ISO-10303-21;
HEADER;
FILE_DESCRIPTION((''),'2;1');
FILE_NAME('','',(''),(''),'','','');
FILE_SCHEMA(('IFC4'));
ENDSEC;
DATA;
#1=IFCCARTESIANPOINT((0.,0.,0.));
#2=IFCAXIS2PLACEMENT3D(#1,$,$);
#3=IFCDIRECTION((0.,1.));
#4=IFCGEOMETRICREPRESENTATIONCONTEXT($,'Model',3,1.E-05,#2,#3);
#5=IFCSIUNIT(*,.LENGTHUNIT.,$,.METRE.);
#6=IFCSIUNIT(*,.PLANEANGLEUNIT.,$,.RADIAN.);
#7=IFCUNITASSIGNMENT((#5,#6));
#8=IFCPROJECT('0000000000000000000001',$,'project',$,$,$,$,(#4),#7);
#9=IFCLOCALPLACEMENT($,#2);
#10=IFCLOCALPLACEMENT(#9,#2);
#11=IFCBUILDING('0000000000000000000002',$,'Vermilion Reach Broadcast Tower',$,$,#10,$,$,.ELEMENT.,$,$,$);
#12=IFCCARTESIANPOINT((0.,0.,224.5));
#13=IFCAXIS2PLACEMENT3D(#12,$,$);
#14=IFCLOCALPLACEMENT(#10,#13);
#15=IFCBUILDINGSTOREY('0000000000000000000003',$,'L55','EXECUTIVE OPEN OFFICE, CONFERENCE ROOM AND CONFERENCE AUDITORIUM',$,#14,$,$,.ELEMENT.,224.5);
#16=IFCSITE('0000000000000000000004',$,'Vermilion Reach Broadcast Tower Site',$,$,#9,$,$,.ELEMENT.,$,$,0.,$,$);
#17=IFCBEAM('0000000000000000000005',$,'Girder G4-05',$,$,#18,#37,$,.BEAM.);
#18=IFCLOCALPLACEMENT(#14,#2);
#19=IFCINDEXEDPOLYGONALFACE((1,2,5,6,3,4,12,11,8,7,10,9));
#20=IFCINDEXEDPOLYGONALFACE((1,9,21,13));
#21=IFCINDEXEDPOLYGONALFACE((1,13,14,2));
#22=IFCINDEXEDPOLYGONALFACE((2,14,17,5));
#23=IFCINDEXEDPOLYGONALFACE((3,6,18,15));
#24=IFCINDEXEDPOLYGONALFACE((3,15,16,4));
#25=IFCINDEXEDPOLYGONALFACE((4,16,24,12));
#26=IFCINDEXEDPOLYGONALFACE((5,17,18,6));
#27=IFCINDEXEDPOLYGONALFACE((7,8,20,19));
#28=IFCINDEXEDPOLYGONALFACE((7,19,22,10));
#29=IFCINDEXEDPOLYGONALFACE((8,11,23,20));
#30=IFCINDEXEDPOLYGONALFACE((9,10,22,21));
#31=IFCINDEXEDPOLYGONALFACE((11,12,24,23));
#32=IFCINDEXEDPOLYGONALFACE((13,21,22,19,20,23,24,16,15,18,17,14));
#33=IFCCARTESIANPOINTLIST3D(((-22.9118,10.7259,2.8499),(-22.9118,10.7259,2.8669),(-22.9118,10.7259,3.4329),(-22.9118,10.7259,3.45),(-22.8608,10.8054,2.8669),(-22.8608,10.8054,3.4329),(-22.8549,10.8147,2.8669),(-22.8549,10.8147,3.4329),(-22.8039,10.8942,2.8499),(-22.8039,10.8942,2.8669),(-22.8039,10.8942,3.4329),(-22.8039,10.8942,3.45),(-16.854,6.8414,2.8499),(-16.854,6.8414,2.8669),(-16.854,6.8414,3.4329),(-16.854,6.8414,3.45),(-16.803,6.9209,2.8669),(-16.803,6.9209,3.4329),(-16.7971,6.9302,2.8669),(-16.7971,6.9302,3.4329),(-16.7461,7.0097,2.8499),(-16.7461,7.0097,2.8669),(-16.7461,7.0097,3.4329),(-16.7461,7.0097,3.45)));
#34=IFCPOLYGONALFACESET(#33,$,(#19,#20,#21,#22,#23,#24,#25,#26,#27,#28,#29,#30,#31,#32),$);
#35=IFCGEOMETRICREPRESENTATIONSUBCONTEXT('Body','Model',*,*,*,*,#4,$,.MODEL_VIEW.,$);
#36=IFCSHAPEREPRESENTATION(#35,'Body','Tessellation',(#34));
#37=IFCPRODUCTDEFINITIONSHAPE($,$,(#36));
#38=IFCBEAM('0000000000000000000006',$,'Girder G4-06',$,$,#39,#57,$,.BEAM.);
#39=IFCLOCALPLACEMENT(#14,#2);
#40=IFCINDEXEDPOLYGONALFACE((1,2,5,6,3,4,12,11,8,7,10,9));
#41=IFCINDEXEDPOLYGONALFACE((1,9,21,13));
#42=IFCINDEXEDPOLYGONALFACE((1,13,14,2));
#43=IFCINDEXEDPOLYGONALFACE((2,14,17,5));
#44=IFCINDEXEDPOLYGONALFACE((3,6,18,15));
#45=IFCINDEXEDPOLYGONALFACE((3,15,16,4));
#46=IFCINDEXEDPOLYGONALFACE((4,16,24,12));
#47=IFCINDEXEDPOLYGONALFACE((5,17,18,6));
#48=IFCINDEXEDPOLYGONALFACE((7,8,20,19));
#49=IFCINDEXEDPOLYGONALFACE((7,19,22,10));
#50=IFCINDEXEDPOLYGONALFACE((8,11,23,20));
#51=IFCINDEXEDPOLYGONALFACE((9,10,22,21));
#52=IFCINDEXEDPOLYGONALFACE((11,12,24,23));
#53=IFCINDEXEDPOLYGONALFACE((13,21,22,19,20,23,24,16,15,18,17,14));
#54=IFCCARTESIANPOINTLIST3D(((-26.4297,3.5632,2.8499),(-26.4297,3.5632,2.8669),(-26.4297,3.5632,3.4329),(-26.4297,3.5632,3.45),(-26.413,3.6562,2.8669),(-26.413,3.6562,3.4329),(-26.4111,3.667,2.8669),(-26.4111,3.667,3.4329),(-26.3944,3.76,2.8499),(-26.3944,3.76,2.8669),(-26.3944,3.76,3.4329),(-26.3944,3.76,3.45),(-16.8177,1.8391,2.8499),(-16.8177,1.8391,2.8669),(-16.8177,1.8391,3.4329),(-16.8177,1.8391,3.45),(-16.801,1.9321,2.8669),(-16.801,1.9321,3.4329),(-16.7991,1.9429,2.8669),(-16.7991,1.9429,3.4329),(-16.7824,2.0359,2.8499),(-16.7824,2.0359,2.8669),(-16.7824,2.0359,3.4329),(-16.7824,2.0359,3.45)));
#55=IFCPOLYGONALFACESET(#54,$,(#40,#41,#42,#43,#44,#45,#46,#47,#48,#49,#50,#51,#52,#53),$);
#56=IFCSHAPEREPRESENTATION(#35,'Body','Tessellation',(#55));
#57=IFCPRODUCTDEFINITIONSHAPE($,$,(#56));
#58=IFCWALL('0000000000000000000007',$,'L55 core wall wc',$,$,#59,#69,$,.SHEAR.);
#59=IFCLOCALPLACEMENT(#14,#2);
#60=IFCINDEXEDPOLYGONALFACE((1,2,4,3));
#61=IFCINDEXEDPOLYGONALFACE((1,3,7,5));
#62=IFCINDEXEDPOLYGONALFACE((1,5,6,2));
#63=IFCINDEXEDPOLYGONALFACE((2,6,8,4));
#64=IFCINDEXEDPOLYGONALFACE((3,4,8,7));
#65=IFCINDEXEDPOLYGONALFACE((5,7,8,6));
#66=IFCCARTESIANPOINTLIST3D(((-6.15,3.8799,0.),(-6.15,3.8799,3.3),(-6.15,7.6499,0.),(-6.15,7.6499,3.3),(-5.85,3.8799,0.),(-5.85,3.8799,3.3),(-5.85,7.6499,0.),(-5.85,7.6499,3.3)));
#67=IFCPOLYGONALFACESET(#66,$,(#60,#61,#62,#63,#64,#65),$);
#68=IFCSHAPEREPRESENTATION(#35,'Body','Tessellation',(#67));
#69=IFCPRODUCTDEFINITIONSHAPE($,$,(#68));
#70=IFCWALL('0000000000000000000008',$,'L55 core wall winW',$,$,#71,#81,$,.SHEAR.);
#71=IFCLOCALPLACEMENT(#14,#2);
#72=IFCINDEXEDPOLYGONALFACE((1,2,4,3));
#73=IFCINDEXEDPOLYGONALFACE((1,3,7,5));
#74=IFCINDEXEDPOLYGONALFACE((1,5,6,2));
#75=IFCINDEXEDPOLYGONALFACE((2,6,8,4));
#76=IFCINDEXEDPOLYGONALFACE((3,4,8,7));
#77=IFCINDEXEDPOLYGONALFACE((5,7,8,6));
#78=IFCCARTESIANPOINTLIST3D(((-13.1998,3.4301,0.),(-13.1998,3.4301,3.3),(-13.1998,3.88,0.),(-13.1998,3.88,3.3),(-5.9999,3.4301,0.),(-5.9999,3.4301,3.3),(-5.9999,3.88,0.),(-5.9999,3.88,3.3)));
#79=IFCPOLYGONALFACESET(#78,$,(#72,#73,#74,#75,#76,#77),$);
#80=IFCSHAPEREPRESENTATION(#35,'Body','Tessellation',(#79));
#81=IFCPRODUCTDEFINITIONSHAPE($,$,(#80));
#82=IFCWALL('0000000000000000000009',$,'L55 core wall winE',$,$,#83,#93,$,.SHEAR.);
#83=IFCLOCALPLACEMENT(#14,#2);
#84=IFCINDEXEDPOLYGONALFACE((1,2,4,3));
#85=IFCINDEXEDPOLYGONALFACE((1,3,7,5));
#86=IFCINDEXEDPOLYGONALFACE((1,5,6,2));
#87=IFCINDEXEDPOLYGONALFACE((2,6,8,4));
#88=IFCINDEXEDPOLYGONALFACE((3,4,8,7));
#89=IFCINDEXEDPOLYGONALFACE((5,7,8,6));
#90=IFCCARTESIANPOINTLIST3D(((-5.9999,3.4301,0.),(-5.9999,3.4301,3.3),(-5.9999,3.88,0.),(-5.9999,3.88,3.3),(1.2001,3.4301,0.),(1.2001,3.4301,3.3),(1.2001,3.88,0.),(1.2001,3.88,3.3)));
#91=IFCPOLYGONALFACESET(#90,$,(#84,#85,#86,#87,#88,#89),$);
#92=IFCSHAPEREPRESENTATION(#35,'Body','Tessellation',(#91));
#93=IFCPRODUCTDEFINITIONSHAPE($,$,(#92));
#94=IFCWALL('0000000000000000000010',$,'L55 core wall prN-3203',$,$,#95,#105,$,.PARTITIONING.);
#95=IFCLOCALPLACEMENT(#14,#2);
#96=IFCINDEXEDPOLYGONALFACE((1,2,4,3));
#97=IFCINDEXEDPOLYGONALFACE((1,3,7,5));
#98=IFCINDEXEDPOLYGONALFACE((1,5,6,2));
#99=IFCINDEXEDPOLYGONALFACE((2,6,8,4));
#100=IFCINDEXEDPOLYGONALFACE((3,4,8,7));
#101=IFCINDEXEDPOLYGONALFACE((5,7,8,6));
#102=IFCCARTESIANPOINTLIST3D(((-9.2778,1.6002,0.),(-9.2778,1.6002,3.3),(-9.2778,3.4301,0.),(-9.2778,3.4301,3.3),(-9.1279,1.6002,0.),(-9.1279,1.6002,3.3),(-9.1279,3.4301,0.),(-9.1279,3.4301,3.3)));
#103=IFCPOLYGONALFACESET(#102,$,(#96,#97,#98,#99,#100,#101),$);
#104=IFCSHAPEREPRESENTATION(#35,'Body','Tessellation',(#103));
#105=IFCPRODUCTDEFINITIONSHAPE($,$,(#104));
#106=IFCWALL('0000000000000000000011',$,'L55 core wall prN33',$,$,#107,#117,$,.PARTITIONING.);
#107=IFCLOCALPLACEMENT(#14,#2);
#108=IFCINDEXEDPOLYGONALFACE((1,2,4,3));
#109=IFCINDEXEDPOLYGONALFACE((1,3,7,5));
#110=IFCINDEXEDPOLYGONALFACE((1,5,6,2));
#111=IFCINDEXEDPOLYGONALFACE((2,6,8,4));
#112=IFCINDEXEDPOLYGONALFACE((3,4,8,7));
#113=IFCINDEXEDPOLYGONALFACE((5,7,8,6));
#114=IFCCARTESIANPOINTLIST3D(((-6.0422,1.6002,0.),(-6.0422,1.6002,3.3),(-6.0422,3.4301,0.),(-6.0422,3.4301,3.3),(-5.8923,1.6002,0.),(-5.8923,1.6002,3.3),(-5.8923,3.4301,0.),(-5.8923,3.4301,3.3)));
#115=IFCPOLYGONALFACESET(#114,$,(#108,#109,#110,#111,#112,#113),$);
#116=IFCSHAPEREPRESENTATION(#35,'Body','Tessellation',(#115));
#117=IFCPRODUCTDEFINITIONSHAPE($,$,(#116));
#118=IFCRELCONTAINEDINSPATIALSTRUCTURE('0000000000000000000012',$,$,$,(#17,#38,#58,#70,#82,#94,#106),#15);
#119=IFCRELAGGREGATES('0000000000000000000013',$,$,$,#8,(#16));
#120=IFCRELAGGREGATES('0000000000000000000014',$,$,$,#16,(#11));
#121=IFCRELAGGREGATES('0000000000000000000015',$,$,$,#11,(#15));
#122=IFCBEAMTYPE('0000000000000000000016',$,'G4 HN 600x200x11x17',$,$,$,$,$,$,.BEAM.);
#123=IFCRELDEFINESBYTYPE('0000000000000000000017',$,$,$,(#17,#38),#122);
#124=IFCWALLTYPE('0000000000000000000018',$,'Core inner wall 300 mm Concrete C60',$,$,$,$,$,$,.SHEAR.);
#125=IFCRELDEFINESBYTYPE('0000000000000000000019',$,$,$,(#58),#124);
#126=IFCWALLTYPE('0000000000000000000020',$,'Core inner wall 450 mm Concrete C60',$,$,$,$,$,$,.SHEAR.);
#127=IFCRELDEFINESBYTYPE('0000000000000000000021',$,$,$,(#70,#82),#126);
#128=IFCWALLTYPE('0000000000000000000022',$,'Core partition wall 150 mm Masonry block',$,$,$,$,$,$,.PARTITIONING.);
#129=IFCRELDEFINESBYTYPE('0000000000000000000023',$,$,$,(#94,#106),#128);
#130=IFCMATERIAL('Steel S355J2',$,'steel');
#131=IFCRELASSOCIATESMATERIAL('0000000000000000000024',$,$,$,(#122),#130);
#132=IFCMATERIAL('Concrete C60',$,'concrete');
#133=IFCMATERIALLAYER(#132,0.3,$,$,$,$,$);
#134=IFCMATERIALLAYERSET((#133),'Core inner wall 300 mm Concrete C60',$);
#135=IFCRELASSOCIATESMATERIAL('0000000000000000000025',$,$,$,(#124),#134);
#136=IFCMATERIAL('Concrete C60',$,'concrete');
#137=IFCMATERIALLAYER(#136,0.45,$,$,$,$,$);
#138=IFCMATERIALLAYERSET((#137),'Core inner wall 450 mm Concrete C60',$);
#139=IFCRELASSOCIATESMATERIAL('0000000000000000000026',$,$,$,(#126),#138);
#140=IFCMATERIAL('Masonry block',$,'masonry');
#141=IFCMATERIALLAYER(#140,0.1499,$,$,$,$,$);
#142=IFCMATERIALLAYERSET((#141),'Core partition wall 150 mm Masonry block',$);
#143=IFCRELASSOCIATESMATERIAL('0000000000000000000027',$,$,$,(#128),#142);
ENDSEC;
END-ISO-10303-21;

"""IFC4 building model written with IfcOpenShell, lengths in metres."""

from ifc_helpers import new_model, si_unit, direction, frame, frame_2d, origin, origin_2d, place, context, subcontext, project, spatial, rectangle, i_section, extrude, material, layer, layer_set, material_profile, profile_set, type_object, element, save


model = new_model("IFC4")

# Units and contexts
model_context = context("Model", 3, precision=1e-05, world=origin(), true_north=direction((0.0, 1.0)))
body_context = subcontext(model_context, "Body", "Model", "MODEL_VIEW")
ifc_project = project(units=[si_unit("LENGTHUNIT", "METRE"), si_unit("PLANEANGLEUNIT", "RADIAN")], contexts=[model_context])

# Site, building, storey
site_placement = place(None, origin())
site = spatial("IfcSite", under=ifc_project, at=site_placement, Name="Vermilion Reach Broadcast Tower Site", CompositionType="ELEMENT", RefElevation=0.0)
building_placement = place(site_placement, origin())
building = spatial("IfcBuilding", under=site, at=building_placement, Name="Vermilion Reach Broadcast Tower", CompositionType="ELEMENT")
storey_placement = place(building_placement, frame((0.0, 0.0, 224.5)))
storey = spatial("IfcBuildingStorey", under=building, at=storey_placement, Name="L55", Description="EXECUTIVE OPEN OFFICE, CONFERENCE ROOM AND CONFERENCE AUDITORIUM", CompositionType="ELEMENT", Elevation=224.5)

# Beams
ifc_material_1 = material(Name="Steel S355J2", Category="steel")
ifc_material_profile = material_profile(ifc_material_1, i_section(OverallWidth=0.2, OverallDepth=0.6001, WebThickness=0.011, FlangeThickness=0.0171, at=origin_2d()), Name="S355J2 HN 600x200x11x17")
ifc_profile_set = profile_set([ifc_material_profile], Name="Steel S355J2")
beam_type = type_object("IfcBeamType", Name="G4 HN 600x200x11x17", PredefinedType="BEAM", material=ifc_profile_set)
beam_1_placement = place(storey_placement, frame((-16.8, 6.9255, 3.1499), z_axis=(-0.841799, 0.539792, 0.0), x_axis=(-0.539792, -0.841799, 0.0)))
element("IfcBeam", 1, at=beam_1_placement, inside=storey, type_object=beam_type, Name="Girder G4-05", PredefinedType="BEAM", context=body_context, shape_type="SweptSolid", body=[
    extrude(i_section(OverallWidth=0.2, OverallDepth=0.6001, WebThickness=0.011, FlangeThickness=0.0171, at=origin_2d()), origin(), (0.0, 0.0, 1.0), 7.1963),
])
beam_2_placement = place(storey_placement, frame((-16.8, 1.9375, 3.1499), z_axis=(-0.984291, 0.176553, 0.0), x_axis=(-0.176553, -0.984291, 0.0)))
element("IfcBeam", 2, at=beam_2_placement, inside=storey, type_object=beam_type, Name="Girder G4-06", PredefinedType="BEAM", context=body_context, shape_type="SweptSolid", body=[
    extrude(i_section(OverallWidth=0.2, OverallDepth=0.6001, WebThickness=0.011, FlangeThickness=0.0171, at=origin_2d()), origin(), (0.0, 0.0, 1.0), 9.7654),
])

# Walls
ifc_material_2 = material(Name="Concrete C60", Category="concrete")
ifc_layer_1 = layer(ifc_material_2, 0.3)
ifc_layer_set_1 = layer_set([ifc_layer_1], Name="Core inner wall 300 mm Concrete C60")
wall_type_1 = type_object("IfcWallType", Name="Core inner wall 300 mm Concrete C60", PredefinedType="SHEAR", material=ifc_layer_set_1)
wall_1_placement = place(storey_placement, frame((-6.0, 3.8799, 0.0), z_axis=(0.0, 0.0, 1.0), x_axis=(0.0, 1.0, 0.0)))
element("IfcWall", 3, at=wall_1_placement, inside=storey, type_object=wall_type_1, Name="L55 core wall wc", PredefinedType="SHEAR", context=body_context, shape_type="SweptSolid", body=[
    extrude(rectangle(XDim=3.77, YDim=0.3, at=frame_2d((1.885, 0.0))), origin(), (0.0, 0.0, 1.0), 3.3),
])
ifc_material_3 = material(Name="Concrete C60", Category="concrete")
ifc_layer_2 = layer(ifc_material_3, 0.45)
ifc_layer_set_2 = layer_set([ifc_layer_2], Name="Core inner wall 450 mm Concrete C60")
wall_type_2 = type_object("IfcWallType", Name="Core inner wall 450 mm Concrete C60", PredefinedType="SHEAR", material=ifc_layer_set_2)
for number, where, z_axis, x_axis, name in (
    (4, (-13.2, 3.655, 0.0), (0.0, 0.0, 1.0), (1.0, 0.0, 0.0), "L55 core wall winW"),
    (5, (-6.0, 3.655, 0.0), (0.0, 0.0, 1.0), (1.0, 0.0, 0.0), "L55 core wall winE"),
):
    element("IfcWall", number, at=place(storey_placement, frame(where, z_axis=z_axis, x_axis=x_axis)), inside=storey, type_object=wall_type_2, Name=name, PredefinedType="SHEAR", context=body_context, shape_type="SweptSolid", body=[
        extrude(rectangle(XDim=7.2, YDim=0.45, at=frame_2d((3.6001, 0.0))), origin(), (0.0, 0.0, 1.0), 3.3),
    ])
ifc_material_4 = material(Name="Masonry block", Category="masonry")
ifc_layer_3 = layer(ifc_material_4, 0.1499)
ifc_layer_set_3 = layer_set([ifc_layer_3], Name="Core partition wall 150 mm Masonry block")
wall_type_3 = type_object("IfcWallType", Name="Core partition wall 150 mm Masonry block", PredefinedType="PARTITIONING", material=ifc_layer_set_3)
for number, where, z_axis, x_axis, name in (
    (6, (-9.2029, 1.6001, 0.0), (0.0, 0.0, 1.0), (0.0, 1.0, 0.0), "L55 core wall prN-3203"),
    (7, (-5.9673, 1.6001, 0.0), (0.0, 0.0, 1.0), (0.0, 1.0, 0.0), "L55 core wall prN33"),
):
    element("IfcWall", number, at=place(storey_placement, frame(where, z_axis=z_axis, x_axis=x_axis)), inside=storey, type_object=wall_type_3, Name=name, PredefinedType="PARTITIONING", context=body_context, shape_type="SweptSolid", body=[
        extrude(rectangle(XDim=1.8298, YDim=0.1499, at=frame_2d((0.915, 0.0))), origin(), (0.0, 0.0, 1.0), 3.3),
    ])

save(model, "model.ifc")
